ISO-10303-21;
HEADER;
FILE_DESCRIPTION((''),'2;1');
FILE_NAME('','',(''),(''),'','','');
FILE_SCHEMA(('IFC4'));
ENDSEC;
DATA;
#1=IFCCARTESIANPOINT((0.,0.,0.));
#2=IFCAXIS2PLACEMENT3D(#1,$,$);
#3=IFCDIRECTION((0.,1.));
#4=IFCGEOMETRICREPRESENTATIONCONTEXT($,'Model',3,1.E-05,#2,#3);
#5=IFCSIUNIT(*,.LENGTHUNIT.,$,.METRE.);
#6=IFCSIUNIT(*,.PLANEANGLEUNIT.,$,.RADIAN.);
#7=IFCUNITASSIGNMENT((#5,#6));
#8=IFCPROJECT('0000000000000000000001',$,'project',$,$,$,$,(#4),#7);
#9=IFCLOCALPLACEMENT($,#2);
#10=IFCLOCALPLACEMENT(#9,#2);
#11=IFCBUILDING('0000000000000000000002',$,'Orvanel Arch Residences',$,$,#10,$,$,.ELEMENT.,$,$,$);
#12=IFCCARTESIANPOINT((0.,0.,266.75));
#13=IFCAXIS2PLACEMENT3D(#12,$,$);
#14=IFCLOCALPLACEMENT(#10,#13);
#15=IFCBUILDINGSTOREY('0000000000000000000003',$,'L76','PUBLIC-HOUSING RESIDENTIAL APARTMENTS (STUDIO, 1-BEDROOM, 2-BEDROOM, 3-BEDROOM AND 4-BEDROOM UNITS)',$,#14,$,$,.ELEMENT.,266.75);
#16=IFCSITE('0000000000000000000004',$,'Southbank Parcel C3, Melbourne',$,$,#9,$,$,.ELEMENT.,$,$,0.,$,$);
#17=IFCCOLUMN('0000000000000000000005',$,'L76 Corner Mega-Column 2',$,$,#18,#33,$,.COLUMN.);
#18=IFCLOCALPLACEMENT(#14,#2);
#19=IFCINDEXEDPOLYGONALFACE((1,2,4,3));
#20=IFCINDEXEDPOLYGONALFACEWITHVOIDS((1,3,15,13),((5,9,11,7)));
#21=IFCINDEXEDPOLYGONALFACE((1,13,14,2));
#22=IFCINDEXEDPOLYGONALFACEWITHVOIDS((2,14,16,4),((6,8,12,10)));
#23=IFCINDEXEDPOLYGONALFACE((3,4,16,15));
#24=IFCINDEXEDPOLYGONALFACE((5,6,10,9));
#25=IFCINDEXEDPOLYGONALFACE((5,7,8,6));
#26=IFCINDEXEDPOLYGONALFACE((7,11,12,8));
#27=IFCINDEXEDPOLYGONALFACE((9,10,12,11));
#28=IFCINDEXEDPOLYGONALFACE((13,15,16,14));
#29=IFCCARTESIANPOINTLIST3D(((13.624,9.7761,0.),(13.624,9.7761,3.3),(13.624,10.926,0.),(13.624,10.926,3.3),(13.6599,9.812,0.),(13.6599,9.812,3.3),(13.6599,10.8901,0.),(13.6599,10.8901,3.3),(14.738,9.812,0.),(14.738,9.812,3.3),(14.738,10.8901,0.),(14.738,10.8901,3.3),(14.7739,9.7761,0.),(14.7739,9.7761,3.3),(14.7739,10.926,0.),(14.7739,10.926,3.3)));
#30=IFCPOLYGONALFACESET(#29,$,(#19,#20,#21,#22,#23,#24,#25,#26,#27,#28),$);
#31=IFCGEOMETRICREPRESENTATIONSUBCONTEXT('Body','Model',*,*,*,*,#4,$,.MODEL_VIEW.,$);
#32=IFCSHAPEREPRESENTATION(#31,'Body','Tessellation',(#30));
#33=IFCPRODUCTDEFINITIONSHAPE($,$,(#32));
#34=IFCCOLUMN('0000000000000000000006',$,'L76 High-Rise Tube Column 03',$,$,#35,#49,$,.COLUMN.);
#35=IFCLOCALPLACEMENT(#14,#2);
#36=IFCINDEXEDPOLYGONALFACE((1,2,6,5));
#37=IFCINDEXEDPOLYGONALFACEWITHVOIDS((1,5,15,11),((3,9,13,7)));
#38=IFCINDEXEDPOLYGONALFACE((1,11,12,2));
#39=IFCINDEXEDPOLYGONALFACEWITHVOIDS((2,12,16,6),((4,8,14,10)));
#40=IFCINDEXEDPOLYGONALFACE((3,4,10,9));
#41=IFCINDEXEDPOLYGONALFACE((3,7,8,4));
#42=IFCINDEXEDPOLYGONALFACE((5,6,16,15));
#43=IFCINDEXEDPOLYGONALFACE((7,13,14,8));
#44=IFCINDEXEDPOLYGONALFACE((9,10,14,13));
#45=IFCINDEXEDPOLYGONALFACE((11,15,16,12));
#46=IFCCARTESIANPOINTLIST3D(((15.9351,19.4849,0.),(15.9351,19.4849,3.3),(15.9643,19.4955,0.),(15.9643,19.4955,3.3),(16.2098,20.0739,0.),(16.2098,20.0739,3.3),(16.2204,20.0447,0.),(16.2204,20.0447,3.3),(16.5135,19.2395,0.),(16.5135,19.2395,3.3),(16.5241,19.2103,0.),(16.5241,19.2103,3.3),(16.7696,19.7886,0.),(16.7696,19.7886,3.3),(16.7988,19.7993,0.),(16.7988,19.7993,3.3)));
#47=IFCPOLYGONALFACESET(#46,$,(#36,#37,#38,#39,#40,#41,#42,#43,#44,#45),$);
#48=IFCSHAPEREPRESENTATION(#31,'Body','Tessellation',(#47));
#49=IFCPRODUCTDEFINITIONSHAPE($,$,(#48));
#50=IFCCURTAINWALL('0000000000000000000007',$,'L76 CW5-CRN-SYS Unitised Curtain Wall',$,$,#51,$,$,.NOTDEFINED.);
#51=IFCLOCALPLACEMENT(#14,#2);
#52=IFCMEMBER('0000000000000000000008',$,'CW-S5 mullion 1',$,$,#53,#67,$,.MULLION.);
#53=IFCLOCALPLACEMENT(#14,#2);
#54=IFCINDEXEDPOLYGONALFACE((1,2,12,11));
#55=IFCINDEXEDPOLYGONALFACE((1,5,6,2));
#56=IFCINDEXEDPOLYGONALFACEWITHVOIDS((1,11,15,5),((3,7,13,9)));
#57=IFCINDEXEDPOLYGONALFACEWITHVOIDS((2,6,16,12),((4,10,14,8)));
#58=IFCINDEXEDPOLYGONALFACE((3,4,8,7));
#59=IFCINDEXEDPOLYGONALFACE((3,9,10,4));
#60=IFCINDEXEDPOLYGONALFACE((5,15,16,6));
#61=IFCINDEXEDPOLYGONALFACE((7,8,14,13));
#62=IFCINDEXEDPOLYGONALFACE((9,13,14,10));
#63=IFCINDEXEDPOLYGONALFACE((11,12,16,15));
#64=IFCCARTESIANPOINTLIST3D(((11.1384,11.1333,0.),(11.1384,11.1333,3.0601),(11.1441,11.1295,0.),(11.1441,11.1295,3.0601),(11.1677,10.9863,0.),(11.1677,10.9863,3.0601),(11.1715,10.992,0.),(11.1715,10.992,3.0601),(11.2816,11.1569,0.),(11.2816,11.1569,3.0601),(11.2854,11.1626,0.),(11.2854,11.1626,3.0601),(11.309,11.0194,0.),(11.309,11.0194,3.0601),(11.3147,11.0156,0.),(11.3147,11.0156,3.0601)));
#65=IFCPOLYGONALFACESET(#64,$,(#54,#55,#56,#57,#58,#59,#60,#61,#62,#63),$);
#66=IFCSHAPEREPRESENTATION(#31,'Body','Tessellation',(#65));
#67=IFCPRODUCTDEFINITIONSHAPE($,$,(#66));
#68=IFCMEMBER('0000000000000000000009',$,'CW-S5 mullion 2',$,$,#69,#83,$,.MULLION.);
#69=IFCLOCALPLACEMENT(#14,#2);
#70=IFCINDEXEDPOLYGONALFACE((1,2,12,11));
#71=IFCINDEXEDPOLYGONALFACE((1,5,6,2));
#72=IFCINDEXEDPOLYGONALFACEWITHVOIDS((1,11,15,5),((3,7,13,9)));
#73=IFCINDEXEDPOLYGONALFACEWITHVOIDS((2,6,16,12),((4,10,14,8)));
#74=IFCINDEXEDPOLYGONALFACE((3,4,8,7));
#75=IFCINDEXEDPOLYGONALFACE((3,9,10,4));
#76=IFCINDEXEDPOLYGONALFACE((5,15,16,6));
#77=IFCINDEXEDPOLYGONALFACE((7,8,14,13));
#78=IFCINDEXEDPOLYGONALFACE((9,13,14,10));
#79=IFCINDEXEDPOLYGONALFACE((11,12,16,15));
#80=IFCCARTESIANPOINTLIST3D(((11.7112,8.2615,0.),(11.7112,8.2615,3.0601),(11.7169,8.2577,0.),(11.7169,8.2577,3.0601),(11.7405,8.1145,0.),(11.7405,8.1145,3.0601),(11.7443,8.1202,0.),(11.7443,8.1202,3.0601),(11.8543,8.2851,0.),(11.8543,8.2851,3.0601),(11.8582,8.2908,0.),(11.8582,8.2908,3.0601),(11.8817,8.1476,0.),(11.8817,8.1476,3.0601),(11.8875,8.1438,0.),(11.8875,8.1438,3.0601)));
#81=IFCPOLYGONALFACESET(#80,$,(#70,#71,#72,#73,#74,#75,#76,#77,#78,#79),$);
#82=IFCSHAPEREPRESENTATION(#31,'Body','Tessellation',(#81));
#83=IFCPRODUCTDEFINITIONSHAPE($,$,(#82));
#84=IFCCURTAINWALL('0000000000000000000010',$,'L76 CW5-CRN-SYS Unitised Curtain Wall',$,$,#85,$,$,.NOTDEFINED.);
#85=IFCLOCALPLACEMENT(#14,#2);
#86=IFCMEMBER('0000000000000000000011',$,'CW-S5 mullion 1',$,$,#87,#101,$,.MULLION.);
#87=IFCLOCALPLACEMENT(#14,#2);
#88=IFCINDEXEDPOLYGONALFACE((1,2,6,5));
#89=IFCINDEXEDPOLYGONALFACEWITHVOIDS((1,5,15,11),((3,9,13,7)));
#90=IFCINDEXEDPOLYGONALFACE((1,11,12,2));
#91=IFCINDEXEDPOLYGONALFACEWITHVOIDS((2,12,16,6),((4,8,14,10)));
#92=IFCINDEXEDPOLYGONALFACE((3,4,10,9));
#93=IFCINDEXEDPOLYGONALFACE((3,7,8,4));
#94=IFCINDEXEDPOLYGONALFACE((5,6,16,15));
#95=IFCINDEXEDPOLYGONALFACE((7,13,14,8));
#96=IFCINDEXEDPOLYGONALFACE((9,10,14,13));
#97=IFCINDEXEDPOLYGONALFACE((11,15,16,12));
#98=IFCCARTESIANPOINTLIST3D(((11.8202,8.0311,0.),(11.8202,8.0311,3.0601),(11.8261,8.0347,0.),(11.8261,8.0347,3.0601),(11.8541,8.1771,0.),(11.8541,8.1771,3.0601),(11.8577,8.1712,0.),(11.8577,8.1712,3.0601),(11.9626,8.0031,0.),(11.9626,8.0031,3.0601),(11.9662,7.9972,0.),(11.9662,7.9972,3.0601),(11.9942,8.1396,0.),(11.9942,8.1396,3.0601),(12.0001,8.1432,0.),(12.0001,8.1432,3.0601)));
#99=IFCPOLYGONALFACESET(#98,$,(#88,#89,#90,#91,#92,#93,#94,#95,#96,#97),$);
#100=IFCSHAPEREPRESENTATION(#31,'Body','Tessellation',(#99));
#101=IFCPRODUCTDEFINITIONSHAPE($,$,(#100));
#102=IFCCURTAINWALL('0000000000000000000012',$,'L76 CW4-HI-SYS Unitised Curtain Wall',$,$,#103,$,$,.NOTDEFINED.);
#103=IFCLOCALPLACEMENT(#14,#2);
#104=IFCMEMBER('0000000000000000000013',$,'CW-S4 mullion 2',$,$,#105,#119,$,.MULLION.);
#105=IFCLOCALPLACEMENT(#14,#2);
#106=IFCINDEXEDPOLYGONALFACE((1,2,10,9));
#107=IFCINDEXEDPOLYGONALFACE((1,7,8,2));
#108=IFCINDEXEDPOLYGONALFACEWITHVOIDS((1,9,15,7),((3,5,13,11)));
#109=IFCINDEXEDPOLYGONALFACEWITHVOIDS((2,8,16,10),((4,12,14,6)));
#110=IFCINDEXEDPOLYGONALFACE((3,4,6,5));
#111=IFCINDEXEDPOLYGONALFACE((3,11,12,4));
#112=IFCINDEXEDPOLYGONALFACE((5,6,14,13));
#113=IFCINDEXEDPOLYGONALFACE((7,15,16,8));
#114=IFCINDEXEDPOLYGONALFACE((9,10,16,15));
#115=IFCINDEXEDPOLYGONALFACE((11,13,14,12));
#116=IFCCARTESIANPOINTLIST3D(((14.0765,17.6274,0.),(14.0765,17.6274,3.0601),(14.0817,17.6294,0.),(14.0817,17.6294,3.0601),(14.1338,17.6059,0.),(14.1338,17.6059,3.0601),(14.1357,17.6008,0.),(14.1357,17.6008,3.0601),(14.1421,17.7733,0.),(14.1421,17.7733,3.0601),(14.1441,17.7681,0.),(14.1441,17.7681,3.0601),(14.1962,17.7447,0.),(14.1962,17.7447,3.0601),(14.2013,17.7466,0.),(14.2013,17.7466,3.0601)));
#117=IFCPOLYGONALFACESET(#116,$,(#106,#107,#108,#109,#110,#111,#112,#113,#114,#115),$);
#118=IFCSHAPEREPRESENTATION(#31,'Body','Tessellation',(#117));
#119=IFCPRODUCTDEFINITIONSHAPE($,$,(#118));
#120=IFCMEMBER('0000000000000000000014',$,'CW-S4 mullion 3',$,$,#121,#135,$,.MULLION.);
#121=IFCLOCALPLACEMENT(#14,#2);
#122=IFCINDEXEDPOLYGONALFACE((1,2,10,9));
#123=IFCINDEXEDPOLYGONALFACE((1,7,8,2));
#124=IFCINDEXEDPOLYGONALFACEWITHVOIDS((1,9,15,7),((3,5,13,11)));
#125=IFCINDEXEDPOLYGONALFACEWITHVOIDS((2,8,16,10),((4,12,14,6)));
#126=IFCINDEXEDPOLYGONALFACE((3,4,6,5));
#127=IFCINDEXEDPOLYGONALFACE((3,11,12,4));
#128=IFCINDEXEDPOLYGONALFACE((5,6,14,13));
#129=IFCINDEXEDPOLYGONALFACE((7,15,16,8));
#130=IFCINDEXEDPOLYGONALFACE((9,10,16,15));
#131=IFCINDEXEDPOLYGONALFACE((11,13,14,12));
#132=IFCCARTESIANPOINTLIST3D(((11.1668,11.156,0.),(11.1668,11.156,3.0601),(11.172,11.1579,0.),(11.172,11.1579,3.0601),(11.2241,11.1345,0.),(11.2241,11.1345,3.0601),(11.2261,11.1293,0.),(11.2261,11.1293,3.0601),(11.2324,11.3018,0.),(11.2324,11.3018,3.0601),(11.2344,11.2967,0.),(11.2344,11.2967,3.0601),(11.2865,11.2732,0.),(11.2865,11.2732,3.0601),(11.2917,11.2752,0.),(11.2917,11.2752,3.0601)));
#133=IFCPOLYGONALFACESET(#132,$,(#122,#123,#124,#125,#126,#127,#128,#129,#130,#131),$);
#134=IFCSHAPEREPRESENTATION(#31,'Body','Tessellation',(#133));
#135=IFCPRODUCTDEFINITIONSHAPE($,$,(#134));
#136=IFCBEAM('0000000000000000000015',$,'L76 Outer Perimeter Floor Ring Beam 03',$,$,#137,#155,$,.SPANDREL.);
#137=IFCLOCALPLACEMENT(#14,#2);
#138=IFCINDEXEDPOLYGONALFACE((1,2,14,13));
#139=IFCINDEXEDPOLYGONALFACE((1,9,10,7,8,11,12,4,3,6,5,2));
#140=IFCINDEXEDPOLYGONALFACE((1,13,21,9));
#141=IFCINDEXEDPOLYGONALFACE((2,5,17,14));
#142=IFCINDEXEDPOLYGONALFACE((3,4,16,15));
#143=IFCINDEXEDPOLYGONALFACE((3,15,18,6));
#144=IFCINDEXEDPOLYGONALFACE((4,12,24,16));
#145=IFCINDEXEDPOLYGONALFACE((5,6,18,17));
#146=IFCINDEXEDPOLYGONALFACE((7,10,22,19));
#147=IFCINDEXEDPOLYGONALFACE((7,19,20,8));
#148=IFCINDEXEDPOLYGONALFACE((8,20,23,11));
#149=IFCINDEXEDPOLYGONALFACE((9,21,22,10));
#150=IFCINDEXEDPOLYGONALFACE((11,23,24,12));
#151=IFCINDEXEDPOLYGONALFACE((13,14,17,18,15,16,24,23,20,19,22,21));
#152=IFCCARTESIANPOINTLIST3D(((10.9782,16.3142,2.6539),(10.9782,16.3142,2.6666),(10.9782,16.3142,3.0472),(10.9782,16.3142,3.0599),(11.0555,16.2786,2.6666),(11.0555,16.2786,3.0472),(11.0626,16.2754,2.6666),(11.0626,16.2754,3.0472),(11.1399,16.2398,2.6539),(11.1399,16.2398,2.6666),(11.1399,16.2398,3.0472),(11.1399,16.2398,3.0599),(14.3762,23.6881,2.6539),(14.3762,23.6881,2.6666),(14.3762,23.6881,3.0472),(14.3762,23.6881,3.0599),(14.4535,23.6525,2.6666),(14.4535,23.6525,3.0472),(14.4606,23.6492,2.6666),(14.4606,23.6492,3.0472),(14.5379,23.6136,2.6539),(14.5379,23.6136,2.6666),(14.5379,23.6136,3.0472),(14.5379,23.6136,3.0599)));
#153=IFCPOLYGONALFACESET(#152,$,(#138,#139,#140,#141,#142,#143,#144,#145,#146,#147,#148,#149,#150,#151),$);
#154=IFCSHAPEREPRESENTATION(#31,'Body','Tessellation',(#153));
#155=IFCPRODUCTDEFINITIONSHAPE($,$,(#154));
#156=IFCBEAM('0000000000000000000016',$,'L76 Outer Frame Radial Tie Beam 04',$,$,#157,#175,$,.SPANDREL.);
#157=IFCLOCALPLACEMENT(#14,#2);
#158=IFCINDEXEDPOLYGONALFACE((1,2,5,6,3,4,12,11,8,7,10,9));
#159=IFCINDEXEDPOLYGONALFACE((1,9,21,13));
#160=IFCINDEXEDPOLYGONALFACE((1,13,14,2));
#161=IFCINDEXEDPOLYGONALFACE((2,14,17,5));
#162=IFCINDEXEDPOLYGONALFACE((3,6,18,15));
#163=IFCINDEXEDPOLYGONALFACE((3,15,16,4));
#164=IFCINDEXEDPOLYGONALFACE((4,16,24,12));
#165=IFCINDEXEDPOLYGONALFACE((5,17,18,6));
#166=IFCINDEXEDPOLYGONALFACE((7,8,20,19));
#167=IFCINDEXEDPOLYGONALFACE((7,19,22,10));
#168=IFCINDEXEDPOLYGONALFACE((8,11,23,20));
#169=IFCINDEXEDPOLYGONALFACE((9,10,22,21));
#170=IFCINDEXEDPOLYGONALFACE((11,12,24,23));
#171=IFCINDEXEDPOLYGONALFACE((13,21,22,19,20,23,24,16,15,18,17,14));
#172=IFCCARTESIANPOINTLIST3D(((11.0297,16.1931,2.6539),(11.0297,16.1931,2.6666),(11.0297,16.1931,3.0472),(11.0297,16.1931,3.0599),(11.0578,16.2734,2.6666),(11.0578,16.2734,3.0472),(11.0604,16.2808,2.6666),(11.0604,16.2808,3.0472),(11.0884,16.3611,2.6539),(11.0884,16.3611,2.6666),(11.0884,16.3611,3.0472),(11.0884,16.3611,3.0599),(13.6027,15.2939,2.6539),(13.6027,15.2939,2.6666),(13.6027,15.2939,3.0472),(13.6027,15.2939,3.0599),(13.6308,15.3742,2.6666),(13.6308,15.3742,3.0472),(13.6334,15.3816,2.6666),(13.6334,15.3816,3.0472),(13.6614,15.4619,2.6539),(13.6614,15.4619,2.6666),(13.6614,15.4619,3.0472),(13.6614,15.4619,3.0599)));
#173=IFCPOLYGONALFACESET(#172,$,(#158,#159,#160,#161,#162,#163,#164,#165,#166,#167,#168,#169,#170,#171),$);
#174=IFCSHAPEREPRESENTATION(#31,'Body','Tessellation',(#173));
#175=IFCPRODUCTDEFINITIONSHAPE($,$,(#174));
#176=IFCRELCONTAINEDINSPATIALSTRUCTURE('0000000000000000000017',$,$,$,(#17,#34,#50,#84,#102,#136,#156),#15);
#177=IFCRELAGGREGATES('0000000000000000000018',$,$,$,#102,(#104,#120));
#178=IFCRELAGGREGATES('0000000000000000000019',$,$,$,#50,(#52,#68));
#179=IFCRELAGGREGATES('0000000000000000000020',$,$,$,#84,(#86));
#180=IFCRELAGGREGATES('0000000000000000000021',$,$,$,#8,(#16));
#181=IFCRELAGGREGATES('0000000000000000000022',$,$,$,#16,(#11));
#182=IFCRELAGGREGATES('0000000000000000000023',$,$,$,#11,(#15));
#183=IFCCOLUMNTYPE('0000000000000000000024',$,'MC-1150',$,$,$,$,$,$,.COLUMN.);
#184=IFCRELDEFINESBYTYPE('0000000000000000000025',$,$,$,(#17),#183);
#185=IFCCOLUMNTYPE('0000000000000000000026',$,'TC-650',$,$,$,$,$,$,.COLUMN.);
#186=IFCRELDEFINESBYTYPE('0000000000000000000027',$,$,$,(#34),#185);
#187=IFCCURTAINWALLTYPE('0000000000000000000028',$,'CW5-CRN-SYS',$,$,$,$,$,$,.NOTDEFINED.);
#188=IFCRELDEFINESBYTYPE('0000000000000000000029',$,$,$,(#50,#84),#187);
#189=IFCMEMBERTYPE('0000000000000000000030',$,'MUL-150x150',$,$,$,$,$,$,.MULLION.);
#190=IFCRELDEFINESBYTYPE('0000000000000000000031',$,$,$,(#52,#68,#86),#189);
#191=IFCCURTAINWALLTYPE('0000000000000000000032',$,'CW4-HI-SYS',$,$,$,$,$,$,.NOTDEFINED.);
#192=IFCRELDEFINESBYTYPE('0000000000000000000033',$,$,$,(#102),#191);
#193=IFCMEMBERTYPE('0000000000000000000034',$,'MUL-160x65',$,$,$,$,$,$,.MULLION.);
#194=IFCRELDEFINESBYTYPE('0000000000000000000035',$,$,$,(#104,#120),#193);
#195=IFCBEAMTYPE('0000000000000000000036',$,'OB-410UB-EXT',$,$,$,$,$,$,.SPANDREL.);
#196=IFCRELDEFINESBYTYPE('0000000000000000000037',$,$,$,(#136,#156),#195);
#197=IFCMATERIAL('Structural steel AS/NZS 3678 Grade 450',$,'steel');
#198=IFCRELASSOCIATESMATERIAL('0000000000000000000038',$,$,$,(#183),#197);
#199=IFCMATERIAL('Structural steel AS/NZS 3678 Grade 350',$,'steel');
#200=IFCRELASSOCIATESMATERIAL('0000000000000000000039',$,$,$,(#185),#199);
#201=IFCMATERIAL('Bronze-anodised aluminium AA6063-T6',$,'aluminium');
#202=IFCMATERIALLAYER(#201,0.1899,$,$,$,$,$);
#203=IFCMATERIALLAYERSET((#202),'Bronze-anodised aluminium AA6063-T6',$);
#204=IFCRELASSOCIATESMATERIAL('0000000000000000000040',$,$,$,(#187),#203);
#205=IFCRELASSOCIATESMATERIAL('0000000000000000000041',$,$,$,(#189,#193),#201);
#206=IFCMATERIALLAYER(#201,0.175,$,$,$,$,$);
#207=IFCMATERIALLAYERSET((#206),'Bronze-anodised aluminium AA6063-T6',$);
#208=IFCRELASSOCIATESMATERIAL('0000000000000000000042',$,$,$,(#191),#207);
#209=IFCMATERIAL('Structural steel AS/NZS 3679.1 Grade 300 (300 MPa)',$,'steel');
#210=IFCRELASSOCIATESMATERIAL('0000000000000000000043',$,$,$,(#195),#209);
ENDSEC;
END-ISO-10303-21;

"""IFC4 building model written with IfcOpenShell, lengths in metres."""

from ifc_helpers import new_model, si_unit, direction, frame, origin, origin_2d, place, context, subcontext, project, spatial, hollow_rectangle, i_section, extrude, material, layer, layer_set, material_profile, profile_set, type_object, element, aggregate, save


model = new_model("IFC4")

# Units and contexts
model_context = context("Model", 3, precision=1e-05, world=origin(), true_north=direction((0.0, 1.0)))
body_context = subcontext(model_context, "Body", "Model", "MODEL_VIEW")
ifc_project = project(units=[si_unit("LENGTHUNIT", "METRE"), si_unit("PLANEANGLEUNIT", "RADIAN")], contexts=[model_context])

# Site, building, storey
site_placement = place(None, origin())
site = spatial("IfcSite", under=ifc_project, at=site_placement, Name="Southbank Parcel C3, Melbourne", CompositionType="ELEMENT", RefElevation=0.0)
building_placement = place(site_placement, origin())
building = spatial("IfcBuilding", under=site, at=building_placement, Name="Orvanel Arch Residences", CompositionType="ELEMENT")
storey_placement = place(building_placement, frame((0.0, 0.0, 266.75)))
storey = spatial("IfcBuildingStorey", under=building, at=storey_placement, Name="L76", Description="PUBLIC-HOUSING RESIDENTIAL APARTMENTS (STUDIO, 1-BEDROOM, 2-BEDROOM, 3-BEDROOM AND 4-BEDROOM UNITS)", CompositionType="ELEMENT", Elevation=266.75)

# Columns
ifc_material_1 = material(Name="Structural steel AS/NZS 3678 Grade 450", Category="steel")
ifc_material_profile_1 = material_profile(ifc_material_1, hollow_rectangle(XDim=1.1499, YDim=1.1499, WallThickness=0.0359, at=origin_2d()), Name="BOX1150x1150x36")
ifc_profile_set_1 = profile_set([ifc_material_profile_1], Name="Structural steel AS/NZS 3678 Grade 450")
column_type_1 = type_object("IfcColumnType", Name="MC-1150", PredefinedType="COLUMN", material=ifc_profile_set_1)
column_1_placement = place(storey_placement, frame((14.199, 10.3511, 0.0), z_axis=(0.0, 0.0, 1.0), x_axis=(1.0, 0.0, 0.0)))
element("IfcColumn", 1, at=column_1_placement, inside=storey, type_object=column_type_1, Name="L76 Corner Mega-Column 2", PredefinedType="COLUMN", context=body_context, shape_type="SweptSolid", body=[
    extrude(hollow_rectangle(XDim=1.1499, YDim=1.1499, WallThickness=0.0359, at=origin_2d()), origin(), (0.0, 0.0, 1.0), 3.3),
])
ifc_material_2 = material(Name="Structural steel AS/NZS 3678 Grade 350", Category="steel")
ifc_material_profile_2 = material_profile(ifc_material_2, hollow_rectangle(XDim=0.6499, YDim=0.6499, WallThickness=0.022, at=origin_2d()), Name="BOX650x650x22")
ifc_profile_set_2 = profile_set([ifc_material_profile_2], Name="Structural steel AS/NZS 3678 Grade 350")
column_type_2 = type_object("IfcColumnType", Name="TC-650", PredefinedType="COLUMN", material=ifc_profile_set_2)
column_2_placement = place(storey_placement, frame((16.3669, 19.6421, 0.0), z_axis=(0.0, 0.0, 1.0), x_axis=(0.422618, 0.906308, 0.0)))
element("IfcColumn", 2, at=column_2_placement, inside=storey, type_object=column_type_2, Name="L76 High-Rise Tube Column 03", PredefinedType="COLUMN", context=body_context, shape_type="SweptSolid", body=[
    extrude(hollow_rectangle(XDim=0.6499, YDim=0.6499, WallThickness=0.022, at=origin_2d()), origin(), (0.0, 0.0, 1.0), 3.3),
])

# Curtain wall, members
ifc_material_3 = material(Name="Bronze-anodised aluminium AA6063-T6", Category="aluminium")
ifc_layer_1 = layer(ifc_material_3, 0.1899)
ifc_layer_set_1 = layer_set([ifc_layer_1], Name="Bronze-anodised aluminium AA6063-T6")
curtain_wall_type_1 = type_object("IfcCurtainWallType", Name="CW5-CRN-SYS", PredefinedType="NOTDEFINED", material=ifc_layer_set_1)
curtain_wall_1_placement = place(storey_placement, origin())
curtain_wall_1 = element("IfcCurtainWall", 3, at=curtain_wall_1_placement, inside=storey, type_object=curtain_wall_type_1, Name="L76 CW5-CRN-SYS Unitised Curtain Wall", PredefinedType="NOTDEFINED")
ifc_material_profile_3 = material_profile(ifc_material_3, hollow_rectangle(XDim=0.1499, YDim=0.1499, WallThickness=0.0049, at=origin_2d()), Name="ALU150x150x5")
ifc_profile_set_3 = profile_set([ifc_material_profile_3], Name="Bronze-anodised aluminium AA6063-T6")
member_type_1 = type_object("IfcMemberType", Name="MUL-150x150", PredefinedType="MULLION", material=ifc_profile_set_3)
member_1_placement = place(storey_placement, frame((11.2266, 11.0745, 0.0), z_axis=(0.0, 0.0, 1.0), x_axis=(0.980693, 0.195554, 0.0)))
member_1 = element("IfcMember", 4, at=member_1_placement, type_object=member_type_1, Name="CW-S5 mullion 1", PredefinedType="MULLION", context=body_context, shape_type="SweptSolid", body=[
    extrude(hollow_rectangle(XDim=0.1499, YDim=0.1499, WallThickness=0.0049, at=origin_2d()), origin(), (0.0, 0.0, 1.0), 3.0601),
])
member_2_placement = place(storey_placement, frame((11.7993, 8.2026, 0.0), z_axis=(0.0, 0.0, 1.0), x_axis=(0.980693, 0.195554, 0.0)))
member_2 = element("IfcMember", 5, at=member_2_placement, type_object=member_type_1, Name="CW-S5 mullion 2", PredefinedType="MULLION", context=body_context, shape_type="SweptSolid", body=[
    extrude(hollow_rectangle(XDim=0.1499, YDim=0.1499, WallThickness=0.0049, at=origin_2d()), origin(), (0.0, 0.0, 1.0), 3.0601),
])

# Curtain wall, member
curtain_wall_2_placement = place(storey_placement, origin())
curtain_wall_2 = element("IfcCurtainWall", 6, at=curtain_wall_2_placement, inside=storey, type_object=curtain_wall_type_1, Name="L76 CW5-CRN-SYS Unitised Curtain Wall", PredefinedType="NOTDEFINED")
member_3_placement = place(storey_placement, frame((11.9102, 8.0872, 0.0), z_axis=(0.0, 0.0, 1.0), x_axis=(0.22592, 0.974146, 0.0)))
member_3 = element("IfcMember", 7, at=member_3_placement, type_object=member_type_1, Name="CW-S5 mullion 1", PredefinedType="MULLION", context=body_context, shape_type="SweptSolid", body=[
    extrude(hollow_rectangle(XDim=0.1499, YDim=0.1499, WallThickness=0.0049, at=origin_2d()), origin(), (0.0, 0.0, 1.0), 3.0601),
])

# Curtain wall, members
ifc_layer_2 = layer(ifc_material_3, 0.175)
ifc_layer_set_2 = layer_set([ifc_layer_2], Name="Bronze-anodised aluminium AA6063-T6")
curtain_wall_type_2 = type_object("IfcCurtainWallType", Name="CW4-HI-SYS", PredefinedType="NOTDEFINED", material=ifc_layer_set_2)
curtain_wall_3_placement = place(storey_placement, origin())
curtain_wall_3 = element("IfcCurtainWall", 8, at=curtain_wall_3_placement, inside=storey, type_object=curtain_wall_type_2, Name="L76 CW4-HI-SYS Unitised Curtain Wall", PredefinedType="NOTDEFINED")
ifc_material_profile_4 = material_profile(ifc_material_3, hollow_rectangle(XDim=0.0649, YDim=0.1599, WallThickness=0.0039, at=origin_2d()), Name="ALU160x65x4")
ifc_profile_set_4 = profile_set([ifc_material_profile_4], Name="Bronze-anodised aluminium AA6063-T6")
member_type_2 = type_object("IfcMemberType", Name="MUL-160x65", PredefinedType="MULLION", material=ifc_profile_set_4)
member_4_placement = place(storey_placement, frame((14.1389, 17.687, 0.0), z_axis=(0.0, 0.0, 1.0), x_axis=(0.91205, -0.410079, 0.0)))
member_4 = element("IfcMember", 9, at=member_4_placement, type_object=member_type_2, Name="CW-S4 mullion 2", PredefinedType="MULLION", context=body_context, shape_type="SweptSolid", body=[
    extrude(hollow_rectangle(XDim=0.0649, YDim=0.1599, WallThickness=0.0039, at=origin_2d()), origin(), (0.0, 0.0, 1.0), 3.0601),
])
member_5_placement = place(storey_placement, frame((11.2292, 11.2156, 0.0), z_axis=(0.0, 0.0, 1.0), x_axis=(0.91205, -0.410079, 0.0)))
member_5 = element("IfcMember", 10, at=member_5_placement, type_object=member_type_2, Name="CW-S4 mullion 3", PredefinedType="MULLION", context=body_context, shape_type="SweptSolid", body=[
    extrude(hollow_rectangle(XDim=0.0649, YDim=0.1599, WallThickness=0.0039, at=origin_2d()), origin(), (0.0, 0.0, 1.0), 3.0601),
])

# Beams
ifc_material_4 = material(Name="Structural steel AS/NZS 3679.1 Grade 300 (300 MPa)", Category="steel")
ifc_material_profile_5 = material_profile(ifc_material_4, i_section(OverallWidth=0.178, OverallDepth=0.406, WebThickness=0.0078, FlangeThickness=0.0127, at=origin_2d()), Name="410UB59.7")
ifc_profile_set_5 = profile_set([ifc_material_profile_5], Name="Structural steel AS/NZS 3679.1 Grade 300 (300 MPa)")
beam_type_1 = type_object("IfcBeamType", Name="OB-410UB-EXT", PredefinedType="SPANDREL", material=ifc_profile_set_5)
beam_1_placement = place(storey_placement, frame((14.457, 23.6509, 2.8569), z_axis=(-0.418517, -0.908209, 0.0), x_axis=(0.908209, -0.418517, 0.0)))
element("IfcBeam", 11, at=beam_1_placement, inside=storey, type_object=beam_type_1, Name="L76 Outer Perimeter Floor Ring Beam 03", PredefinedType="SPANDREL", context=body_context, shape_type="SweptSolid", body=[
    extrude(i_section(OverallWidth=0.178, OverallDepth=0.406, WebThickness=0.0078, FlangeThickness=0.0127, at=origin_2d()), origin(), (0.0, 0.0, 1.0), 8.1191),
])
beam_2_placement = place(storey_placement, frame((13.6321, 15.3779, 2.8569), z_axis=(-0.944016, 0.3299, 0.0), x_axis=(-0.3299, -0.944016, 0.0)))
element("IfcBeam", 12, at=beam_2_placement, inside=storey, type_object=beam_type_1, Name="L76 Outer Frame Radial Tie Beam 04", PredefinedType="SPANDREL", context=body_context, shape_type="SweptSolid", body=[
    extrude(i_section(OverallWidth=0.178, OverallDepth=0.406, WebThickness=0.0078, FlangeThickness=0.0127, at=origin_2d()), origin(), (0.0, 0.0, 1.0), 2.7256),
])

aggregate(curtain_wall_3, [member_4, member_5])
aggregate(curtain_wall_1, [member_1, member_2])
aggregate(curtain_wall_2, [member_3])

save(model, "model.ifc")
